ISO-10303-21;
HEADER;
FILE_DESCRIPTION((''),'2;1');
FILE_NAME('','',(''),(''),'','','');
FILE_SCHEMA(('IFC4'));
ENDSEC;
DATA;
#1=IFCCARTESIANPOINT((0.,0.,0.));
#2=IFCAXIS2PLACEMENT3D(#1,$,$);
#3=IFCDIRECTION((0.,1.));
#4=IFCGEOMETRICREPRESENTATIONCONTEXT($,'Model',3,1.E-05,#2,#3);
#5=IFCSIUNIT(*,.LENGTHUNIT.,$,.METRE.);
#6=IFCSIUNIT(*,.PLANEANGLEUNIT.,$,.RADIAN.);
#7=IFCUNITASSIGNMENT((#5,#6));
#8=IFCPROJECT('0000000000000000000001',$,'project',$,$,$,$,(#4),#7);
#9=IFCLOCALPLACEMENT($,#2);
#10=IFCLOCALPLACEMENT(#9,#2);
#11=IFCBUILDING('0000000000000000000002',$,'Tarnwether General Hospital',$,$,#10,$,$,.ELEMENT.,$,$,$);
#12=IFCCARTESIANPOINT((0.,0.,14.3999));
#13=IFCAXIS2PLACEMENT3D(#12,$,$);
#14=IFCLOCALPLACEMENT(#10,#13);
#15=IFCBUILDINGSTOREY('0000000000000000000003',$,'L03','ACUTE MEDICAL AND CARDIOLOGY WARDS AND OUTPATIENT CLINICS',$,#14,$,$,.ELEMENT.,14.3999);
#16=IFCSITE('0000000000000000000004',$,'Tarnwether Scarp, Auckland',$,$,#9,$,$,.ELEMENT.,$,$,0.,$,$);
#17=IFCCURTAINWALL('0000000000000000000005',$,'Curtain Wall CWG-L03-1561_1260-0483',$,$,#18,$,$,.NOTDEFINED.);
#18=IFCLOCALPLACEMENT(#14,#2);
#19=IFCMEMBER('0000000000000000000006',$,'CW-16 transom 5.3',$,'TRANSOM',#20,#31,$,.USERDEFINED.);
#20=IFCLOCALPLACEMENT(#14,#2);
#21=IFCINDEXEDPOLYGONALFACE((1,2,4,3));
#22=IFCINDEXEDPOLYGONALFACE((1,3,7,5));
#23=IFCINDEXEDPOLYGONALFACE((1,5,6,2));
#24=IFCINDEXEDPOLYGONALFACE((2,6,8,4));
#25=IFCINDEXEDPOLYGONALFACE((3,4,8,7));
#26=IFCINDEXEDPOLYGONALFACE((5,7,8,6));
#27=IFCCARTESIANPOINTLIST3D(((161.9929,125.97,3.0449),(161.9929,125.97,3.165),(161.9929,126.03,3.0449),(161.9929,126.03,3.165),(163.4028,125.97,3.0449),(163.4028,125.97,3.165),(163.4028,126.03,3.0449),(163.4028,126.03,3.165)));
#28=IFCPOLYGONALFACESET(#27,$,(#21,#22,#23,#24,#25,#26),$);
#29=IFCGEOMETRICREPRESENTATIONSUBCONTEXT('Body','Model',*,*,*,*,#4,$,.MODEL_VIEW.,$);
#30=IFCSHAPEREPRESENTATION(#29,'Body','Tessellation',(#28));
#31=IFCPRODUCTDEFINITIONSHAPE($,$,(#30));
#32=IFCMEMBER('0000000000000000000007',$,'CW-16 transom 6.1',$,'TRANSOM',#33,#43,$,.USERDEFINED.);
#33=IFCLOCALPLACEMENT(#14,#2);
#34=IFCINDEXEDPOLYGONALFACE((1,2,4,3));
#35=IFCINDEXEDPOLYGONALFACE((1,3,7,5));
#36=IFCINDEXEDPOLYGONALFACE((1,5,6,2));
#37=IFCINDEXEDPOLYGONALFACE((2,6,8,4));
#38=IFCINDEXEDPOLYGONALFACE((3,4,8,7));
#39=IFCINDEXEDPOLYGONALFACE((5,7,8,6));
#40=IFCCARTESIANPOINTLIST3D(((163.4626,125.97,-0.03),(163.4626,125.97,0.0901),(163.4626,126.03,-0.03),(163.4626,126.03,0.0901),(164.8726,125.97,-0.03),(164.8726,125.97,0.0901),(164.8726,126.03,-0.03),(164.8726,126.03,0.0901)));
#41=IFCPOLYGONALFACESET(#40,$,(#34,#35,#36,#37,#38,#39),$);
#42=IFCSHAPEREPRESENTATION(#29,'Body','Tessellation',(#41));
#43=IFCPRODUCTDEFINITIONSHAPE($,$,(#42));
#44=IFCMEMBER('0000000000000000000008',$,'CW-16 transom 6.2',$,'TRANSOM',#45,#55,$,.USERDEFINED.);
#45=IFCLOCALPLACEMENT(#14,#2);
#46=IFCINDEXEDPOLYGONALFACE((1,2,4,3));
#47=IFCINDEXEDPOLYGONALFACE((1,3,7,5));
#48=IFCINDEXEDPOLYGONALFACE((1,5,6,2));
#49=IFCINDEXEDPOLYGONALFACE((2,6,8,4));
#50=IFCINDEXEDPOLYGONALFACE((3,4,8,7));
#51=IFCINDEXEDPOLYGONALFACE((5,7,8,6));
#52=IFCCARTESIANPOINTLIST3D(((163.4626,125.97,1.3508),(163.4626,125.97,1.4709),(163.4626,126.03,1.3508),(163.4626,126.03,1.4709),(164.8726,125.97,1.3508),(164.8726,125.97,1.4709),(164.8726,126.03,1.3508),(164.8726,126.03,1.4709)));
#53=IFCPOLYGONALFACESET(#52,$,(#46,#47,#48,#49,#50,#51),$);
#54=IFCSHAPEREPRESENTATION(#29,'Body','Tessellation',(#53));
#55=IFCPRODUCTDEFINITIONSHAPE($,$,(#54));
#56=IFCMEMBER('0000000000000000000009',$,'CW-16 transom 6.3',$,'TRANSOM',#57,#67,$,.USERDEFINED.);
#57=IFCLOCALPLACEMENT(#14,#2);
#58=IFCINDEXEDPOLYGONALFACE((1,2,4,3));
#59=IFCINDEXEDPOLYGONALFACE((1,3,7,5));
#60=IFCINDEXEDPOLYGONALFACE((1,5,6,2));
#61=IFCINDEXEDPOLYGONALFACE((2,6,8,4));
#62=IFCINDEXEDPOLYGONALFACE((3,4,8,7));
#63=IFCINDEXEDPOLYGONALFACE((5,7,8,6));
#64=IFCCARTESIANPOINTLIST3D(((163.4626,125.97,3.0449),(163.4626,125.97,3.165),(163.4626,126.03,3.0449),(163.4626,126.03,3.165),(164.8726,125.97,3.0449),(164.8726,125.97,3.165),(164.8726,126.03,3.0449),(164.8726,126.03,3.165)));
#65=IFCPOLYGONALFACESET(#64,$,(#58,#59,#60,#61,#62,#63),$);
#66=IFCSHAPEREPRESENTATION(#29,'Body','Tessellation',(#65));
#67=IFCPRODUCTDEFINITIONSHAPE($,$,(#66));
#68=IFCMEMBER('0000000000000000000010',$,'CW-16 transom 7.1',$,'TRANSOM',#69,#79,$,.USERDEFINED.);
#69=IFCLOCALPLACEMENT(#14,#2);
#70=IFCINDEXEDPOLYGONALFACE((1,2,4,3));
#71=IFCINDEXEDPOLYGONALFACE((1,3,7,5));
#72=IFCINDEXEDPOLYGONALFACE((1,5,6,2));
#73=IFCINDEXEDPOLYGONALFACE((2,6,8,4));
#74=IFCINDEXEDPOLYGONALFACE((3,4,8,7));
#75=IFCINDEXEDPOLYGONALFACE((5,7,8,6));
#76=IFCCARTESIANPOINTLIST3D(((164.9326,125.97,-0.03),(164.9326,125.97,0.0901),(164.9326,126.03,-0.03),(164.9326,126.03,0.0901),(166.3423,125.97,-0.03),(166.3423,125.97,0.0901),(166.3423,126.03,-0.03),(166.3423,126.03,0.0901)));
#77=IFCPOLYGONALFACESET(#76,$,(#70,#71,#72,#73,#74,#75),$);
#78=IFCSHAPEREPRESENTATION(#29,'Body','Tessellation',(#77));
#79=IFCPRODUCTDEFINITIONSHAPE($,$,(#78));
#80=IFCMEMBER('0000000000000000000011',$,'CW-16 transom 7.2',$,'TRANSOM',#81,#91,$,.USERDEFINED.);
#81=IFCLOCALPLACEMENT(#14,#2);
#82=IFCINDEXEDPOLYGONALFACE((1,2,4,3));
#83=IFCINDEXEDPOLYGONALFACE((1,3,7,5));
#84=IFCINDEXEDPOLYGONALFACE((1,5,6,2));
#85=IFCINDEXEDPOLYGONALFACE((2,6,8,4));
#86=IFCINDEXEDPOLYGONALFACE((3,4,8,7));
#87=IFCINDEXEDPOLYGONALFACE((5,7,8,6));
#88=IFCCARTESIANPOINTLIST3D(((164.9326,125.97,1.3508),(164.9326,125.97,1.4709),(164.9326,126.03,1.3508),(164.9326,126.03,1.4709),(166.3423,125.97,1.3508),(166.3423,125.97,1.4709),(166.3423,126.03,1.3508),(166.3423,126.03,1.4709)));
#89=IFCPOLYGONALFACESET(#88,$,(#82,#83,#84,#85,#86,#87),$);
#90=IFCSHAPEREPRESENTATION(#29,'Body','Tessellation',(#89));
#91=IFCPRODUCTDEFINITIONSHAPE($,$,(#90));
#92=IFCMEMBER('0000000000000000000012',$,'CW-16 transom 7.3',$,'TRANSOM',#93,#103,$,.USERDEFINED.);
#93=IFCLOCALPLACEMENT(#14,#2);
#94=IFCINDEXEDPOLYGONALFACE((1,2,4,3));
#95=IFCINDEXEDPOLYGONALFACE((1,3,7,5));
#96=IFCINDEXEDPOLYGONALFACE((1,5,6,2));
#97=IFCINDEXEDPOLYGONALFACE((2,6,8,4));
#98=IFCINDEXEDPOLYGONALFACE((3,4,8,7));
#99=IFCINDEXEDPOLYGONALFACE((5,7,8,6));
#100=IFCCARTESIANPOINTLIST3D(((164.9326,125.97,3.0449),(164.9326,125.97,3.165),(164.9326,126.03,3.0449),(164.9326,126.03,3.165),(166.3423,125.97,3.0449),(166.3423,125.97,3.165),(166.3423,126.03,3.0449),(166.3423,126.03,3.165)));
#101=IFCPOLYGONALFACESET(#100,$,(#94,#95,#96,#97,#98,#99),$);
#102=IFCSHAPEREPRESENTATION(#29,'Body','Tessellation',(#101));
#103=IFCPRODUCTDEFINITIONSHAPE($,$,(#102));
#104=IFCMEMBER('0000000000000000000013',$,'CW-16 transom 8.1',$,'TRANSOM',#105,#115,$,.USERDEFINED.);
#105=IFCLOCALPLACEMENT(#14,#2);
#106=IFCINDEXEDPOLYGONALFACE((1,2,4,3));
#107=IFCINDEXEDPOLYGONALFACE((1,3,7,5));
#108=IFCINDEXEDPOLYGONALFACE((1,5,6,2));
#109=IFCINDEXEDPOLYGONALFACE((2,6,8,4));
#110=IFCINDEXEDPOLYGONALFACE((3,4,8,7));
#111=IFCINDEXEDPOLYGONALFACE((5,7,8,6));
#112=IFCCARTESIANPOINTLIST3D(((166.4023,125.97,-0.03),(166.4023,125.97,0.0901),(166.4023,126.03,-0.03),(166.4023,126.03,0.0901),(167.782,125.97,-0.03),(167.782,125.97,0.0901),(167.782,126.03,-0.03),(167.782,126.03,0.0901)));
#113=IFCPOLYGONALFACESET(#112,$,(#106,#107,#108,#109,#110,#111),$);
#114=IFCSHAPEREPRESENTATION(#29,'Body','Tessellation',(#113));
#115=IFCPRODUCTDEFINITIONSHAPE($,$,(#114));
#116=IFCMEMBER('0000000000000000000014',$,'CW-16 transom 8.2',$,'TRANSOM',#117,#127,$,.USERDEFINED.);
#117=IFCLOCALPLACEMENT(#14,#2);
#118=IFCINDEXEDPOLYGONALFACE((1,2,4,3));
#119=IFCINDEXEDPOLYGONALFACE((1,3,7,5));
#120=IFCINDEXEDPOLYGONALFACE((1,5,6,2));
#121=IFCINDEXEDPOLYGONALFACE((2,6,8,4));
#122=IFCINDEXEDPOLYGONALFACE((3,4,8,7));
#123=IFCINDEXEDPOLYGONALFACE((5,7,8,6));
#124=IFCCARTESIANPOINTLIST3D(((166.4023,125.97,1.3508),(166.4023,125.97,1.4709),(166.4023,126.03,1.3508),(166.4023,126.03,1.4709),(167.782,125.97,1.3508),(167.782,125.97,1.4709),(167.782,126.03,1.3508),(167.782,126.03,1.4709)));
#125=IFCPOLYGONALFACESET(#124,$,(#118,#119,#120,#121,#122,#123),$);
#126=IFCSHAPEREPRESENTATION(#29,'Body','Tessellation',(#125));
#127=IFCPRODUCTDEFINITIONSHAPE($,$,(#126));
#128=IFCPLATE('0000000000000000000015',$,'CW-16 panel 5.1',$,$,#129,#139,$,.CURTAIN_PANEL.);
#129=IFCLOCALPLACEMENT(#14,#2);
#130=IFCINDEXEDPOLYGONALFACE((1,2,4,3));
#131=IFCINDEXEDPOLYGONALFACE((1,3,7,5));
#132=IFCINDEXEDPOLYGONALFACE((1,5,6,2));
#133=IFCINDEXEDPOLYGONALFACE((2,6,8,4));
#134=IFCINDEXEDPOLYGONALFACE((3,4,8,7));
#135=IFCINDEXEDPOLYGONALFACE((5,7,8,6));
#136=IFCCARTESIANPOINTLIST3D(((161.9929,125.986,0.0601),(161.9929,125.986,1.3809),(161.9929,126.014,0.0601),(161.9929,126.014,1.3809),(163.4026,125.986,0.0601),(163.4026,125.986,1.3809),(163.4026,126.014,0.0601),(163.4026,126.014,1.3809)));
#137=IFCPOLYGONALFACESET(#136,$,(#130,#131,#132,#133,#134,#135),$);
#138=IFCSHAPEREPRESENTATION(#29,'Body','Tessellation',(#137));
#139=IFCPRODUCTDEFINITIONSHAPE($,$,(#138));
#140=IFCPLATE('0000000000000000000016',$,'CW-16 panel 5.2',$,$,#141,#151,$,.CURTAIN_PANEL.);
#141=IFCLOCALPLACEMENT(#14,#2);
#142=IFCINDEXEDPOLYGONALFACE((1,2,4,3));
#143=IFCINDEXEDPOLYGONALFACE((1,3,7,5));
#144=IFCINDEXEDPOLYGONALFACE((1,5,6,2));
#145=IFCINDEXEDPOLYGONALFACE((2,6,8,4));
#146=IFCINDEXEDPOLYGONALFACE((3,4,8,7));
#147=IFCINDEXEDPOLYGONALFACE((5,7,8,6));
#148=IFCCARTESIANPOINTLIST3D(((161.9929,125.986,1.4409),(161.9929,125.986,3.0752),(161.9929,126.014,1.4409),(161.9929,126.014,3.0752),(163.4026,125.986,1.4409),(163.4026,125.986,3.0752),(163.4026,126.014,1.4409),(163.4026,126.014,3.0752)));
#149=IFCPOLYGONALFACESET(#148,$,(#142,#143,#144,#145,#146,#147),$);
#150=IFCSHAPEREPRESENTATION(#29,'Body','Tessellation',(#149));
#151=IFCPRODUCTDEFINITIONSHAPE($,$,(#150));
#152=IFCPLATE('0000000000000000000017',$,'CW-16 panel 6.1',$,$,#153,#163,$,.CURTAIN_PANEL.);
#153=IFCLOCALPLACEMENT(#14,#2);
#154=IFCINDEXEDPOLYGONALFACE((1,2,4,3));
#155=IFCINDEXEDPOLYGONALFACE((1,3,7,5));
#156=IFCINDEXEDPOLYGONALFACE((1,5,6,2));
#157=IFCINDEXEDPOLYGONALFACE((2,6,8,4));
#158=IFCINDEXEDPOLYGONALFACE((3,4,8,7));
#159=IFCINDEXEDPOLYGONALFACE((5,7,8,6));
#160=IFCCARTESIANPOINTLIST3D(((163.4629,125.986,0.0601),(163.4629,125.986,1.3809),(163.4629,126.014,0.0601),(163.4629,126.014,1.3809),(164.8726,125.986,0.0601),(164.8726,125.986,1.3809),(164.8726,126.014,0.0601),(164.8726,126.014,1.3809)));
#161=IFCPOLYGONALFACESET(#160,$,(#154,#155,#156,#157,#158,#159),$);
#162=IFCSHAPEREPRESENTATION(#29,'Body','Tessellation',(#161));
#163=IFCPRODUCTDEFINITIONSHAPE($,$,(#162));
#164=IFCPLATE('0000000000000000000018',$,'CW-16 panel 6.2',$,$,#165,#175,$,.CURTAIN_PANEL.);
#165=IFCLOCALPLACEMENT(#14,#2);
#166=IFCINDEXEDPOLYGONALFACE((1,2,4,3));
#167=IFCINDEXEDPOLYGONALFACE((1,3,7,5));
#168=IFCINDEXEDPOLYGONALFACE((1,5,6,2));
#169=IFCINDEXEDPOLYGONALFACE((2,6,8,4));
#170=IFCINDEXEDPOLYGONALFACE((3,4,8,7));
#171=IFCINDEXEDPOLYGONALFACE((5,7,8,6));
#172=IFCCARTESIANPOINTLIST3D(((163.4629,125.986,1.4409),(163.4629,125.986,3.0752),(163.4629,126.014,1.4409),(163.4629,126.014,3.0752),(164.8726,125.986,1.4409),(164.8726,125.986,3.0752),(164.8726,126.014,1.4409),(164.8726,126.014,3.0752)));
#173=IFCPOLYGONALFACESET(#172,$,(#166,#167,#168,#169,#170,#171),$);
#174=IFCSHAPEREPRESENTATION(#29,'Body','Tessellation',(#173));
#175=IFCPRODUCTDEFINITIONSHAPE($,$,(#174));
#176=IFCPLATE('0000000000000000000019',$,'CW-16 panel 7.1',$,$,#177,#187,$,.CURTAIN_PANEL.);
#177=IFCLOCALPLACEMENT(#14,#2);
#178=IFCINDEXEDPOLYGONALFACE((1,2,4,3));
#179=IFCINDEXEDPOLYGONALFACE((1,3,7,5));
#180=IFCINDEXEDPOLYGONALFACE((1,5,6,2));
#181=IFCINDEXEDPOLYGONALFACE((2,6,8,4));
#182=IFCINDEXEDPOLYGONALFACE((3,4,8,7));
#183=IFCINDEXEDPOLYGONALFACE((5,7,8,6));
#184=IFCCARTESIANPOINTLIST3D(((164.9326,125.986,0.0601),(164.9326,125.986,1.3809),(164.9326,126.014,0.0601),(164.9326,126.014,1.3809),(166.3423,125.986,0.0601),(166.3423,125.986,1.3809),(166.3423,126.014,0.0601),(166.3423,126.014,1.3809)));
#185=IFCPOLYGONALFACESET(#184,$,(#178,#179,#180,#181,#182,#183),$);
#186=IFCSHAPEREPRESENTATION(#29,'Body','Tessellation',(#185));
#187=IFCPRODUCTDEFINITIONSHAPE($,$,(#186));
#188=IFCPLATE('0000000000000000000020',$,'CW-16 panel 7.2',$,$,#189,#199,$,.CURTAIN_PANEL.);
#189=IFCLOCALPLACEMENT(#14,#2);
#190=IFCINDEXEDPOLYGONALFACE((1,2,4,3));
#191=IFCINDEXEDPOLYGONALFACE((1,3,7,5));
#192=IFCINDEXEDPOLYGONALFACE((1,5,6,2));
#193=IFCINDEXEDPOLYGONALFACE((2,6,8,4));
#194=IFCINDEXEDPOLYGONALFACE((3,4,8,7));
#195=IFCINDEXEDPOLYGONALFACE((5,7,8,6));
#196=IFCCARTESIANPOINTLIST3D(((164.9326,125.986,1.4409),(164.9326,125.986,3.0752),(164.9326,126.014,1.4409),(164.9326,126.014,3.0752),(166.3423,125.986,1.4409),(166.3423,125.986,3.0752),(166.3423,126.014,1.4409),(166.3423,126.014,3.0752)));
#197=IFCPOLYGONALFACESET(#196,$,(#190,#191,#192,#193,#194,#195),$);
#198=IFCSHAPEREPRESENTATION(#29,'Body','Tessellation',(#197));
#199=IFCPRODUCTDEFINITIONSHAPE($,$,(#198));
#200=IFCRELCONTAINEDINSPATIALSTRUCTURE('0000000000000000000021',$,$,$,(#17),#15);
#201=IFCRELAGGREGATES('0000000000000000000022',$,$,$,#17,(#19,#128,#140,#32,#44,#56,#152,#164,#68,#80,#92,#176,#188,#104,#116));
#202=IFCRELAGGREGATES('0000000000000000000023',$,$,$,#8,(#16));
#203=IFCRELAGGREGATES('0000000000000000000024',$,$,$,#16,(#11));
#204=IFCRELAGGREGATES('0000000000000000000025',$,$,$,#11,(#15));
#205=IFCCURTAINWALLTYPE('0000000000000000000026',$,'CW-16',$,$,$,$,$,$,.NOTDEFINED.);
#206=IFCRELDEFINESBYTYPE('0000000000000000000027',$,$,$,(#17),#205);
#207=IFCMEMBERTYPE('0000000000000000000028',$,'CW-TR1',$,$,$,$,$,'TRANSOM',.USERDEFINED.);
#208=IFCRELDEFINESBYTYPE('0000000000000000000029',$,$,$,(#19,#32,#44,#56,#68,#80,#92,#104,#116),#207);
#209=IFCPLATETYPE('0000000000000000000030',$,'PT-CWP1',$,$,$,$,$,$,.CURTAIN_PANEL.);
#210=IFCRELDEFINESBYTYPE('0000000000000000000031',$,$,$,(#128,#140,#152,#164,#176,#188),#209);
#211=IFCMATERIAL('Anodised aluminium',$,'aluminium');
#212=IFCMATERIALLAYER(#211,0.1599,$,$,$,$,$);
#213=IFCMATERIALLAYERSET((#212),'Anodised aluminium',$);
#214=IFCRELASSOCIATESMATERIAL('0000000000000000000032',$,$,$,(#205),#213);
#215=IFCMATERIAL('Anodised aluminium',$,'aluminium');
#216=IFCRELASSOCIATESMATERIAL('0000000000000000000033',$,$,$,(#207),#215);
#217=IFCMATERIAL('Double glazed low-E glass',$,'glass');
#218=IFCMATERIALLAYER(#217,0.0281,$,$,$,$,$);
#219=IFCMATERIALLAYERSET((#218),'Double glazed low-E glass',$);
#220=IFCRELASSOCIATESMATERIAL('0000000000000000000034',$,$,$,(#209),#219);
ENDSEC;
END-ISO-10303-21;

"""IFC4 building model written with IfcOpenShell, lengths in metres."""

from ifc_helpers import new_model, si_unit, direction, frame, origin, origin_2d, place, context, subcontext, project, spatial, rectangle, extrude, material, layer, layer_set, material_profile, profile_set, type_object, element, aggregate, save


model = new_model("IFC4")

# Units and contexts
model_context = context("Model", 3, precision=1e-05, world=origin(), true_north=direction((0.0, 1.0)))
body_context = subcontext(model_context, "Body", "Model", "MODEL_VIEW")
ifc_project = project(units=[si_unit("LENGTHUNIT", "METRE"), si_unit("PLANEANGLEUNIT", "RADIAN")], contexts=[model_context])

# Site, building, storey
site_placement = place(None, origin())
site = spatial("IfcSite", under=ifc_project, at=site_placement, Name="Tarnwether Scarp, Auckland", CompositionType="ELEMENT", RefElevation=0.0)
building_placement = place(site_placement, origin())
building = spatial("IfcBuilding", under=site, at=building_placement, Name="Tarnwether General Hospital", CompositionType="ELEMENT")
storey_placement = place(building_placement, frame((0.0, 0.0, 14.3999)))
storey = spatial("IfcBuildingStorey", under=building, at=storey_placement, Name="L03", Description="ACUTE MEDICAL AND CARDIOLOGY WARDS AND OUTPATIENT CLINICS", CompositionType="ELEMENT", Elevation=14.3999)

# Curtain wall, members, plates
ifc_material_1 = material(Name="Anodised aluminium", Category="aluminium")
ifc_layer_1 = layer(ifc_material_1, 0.1599)
ifc_layer_set_1 = layer_set([ifc_layer_1], Name="Anodised aluminium")
curtain_wall_type = type_object("IfcCurtainWallType", Name="CW-16", PredefinedType="NOTDEFINED", material=ifc_layer_set_1)
curtain_wall_placement = place(storey_placement, origin())
curtain_wall = element("IfcCurtainWall", 1, at=curtain_wall_placement, inside=storey, type_object=curtain_wall_type, Name="Curtain Wall CWG-L03-1561_1260-0483", PredefinedType="NOTDEFINED")
ifc_material_2 = material(Name="Anodised aluminium", Category="aluminium")
ifc_material_profile_1 = material_profile(ifc_material_2, rectangle(XDim=0.0601, YDim=0.1201, at=origin_2d()), Name="ALU-TRN-60x120")
ifc_profile_set_1 = profile_set([ifc_material_profile_1], Name="Anodised aluminium")
member_type_1 = type_object("IfcMemberType", Name="CW-TR1", ElementType="TRANSOM", PredefinedType="USERDEFINED", material=ifc_profile_set_1)
member_1_placement = place(storey_placement, frame((161.9929, 126.0, 3.105), z_axis=(1.0, 0.0, 0.0), x_axis=(0.0, 1.0, 0.0)))
member_1 = element("IfcMember", 2, at=member_1_placement, type_object=member_type_1, Name="CW-16 transom 5.3", ObjectType="TRANSOM", PredefinedType="USERDEFINED", context=body_context, shape_type="SweptSolid", body=[
    extrude(rectangle(XDim=0.0601, YDim=0.1201, at=origin_2d()), origin(), (0.0, 0.0, 1.0), 1.4099),
])
member_2_placement = place(storey_placement, frame((163.4626, 126.0, 0.03), z_axis=(1.0, 0.0, 0.0), x_axis=(0.0, 1.0, 0.0)))
member_2 = element("IfcMember", 3, at=member_2_placement, type_object=member_type_1, Name="CW-16 transom 6.1", ObjectType="TRANSOM", PredefinedType="USERDEFINED", context=body_context, shape_type="SweptSolid", body=[
    extrude(rectangle(XDim=0.0601, YDim=0.1201, at=origin_2d()), origin(), (0.0, 0.0, 1.0), 1.4099),
])
member_3_placement = place(storey_placement, frame((163.4626, 126.0, 1.4109), z_axis=(1.0, 0.0, 0.0), x_axis=(0.0, 1.0, 0.0)))
member_3 = element("IfcMember", 4, at=member_3_placement, type_object=member_type_1, Name="CW-16 transom 6.2", ObjectType="TRANSOM", PredefinedType="USERDEFINED", context=body_context, shape_type="SweptSolid", body=[
    extrude(rectangle(XDim=0.0601, YDim=0.1201, at=origin_2d()), origin(), (0.0, 0.0, 1.0), 1.4099),
])
member_4_placement = place(storey_placement, frame((163.4626, 126.0, 3.105), z_axis=(1.0, 0.0, 0.0), x_axis=(0.0, 1.0, 0.0)))
member_4 = element("IfcMember", 5, at=member_4_placement, type_object=member_type_1, Name="CW-16 transom 6.3", ObjectType="TRANSOM", PredefinedType="USERDEFINED", context=body_context, shape_type="SweptSolid", body=[
    extrude(rectangle(XDim=0.0601, YDim=0.1201, at=origin_2d()), origin(), (0.0, 0.0, 1.0), 1.4099),
])
member_5_placement = place(storey_placement, frame((164.9326, 126.0, 0.03), z_axis=(1.0, 0.0, 0.0), x_axis=(0.0, 1.0, 0.0)))
member_5 = element("IfcMember", 6, at=member_5_placement, type_object=member_type_1, Name="CW-16 transom 7.1", ObjectType="TRANSOM", PredefinedType="USERDEFINED", context=body_context, shape_type="SweptSolid", body=[
    extrude(rectangle(XDim=0.0601, YDim=0.1201, at=origin_2d()), origin(), (0.0, 0.0, 1.0), 1.4097),
])
member_6_placement = place(storey_placement, frame((164.9326, 126.0, 1.4109), z_axis=(1.0, 0.0, 0.0), x_axis=(0.0, 1.0, 0.0)))
member_6 = element("IfcMember", 7, at=member_6_placement, type_object=member_type_1, Name="CW-16 transom 7.2", ObjectType="TRANSOM", PredefinedType="USERDEFINED", context=body_context, shape_type="SweptSolid", body=[
    extrude(rectangle(XDim=0.0601, YDim=0.1201, at=origin_2d()), origin(), (0.0, 0.0, 1.0), 1.4097),
])
member_7_placement = place(storey_placement, frame((164.9326, 126.0, 3.105), z_axis=(1.0, 0.0, 0.0), x_axis=(0.0, 1.0, 0.0)))
member_7 = element("IfcMember", 8, at=member_7_placement, type_object=member_type_1, Name="CW-16 transom 7.3", ObjectType="TRANSOM", PredefinedType="USERDEFINED", context=body_context, shape_type="SweptSolid", body=[
    extrude(rectangle(XDim=0.0601, YDim=0.1201, at=origin_2d()), origin(), (0.0, 0.0, 1.0), 1.4097),
])
member_8_placement = place(storey_placement, frame((166.4023, 126.0, 0.03), z_axis=(1.0, 0.0, 0.0), x_axis=(0.0, 1.0, 0.0)))
member_8 = element("IfcMember", 9, at=member_8_placement, type_object=member_type_1, Name="CW-16 transom 8.1", ObjectType="TRANSOM", PredefinedType="USERDEFINED", context=body_context, shape_type="SweptSolid", body=[
    extrude(rectangle(XDim=0.0601, YDim=0.1201, at=origin_2d()), origin(), (0.0, 0.0, 1.0), 1.3796),
])
member_9_placement = place(storey_placement, frame((166.4023, 126.0, 1.4109), z_axis=(1.0, 0.0, 0.0), x_axis=(0.0, 1.0, 0.0)))
member_9 = element("IfcMember", 10, at=member_9_placement, type_object=member_type_1, Name="CW-16 transom 8.2", ObjectType="TRANSOM", PredefinedType="USERDEFINED", context=body_context, shape_type="SweptSolid", body=[
    extrude(rectangle(XDim=0.0601, YDim=0.1201, at=origin_2d()), origin(), (0.0, 0.0, 1.0), 1.3796),
])
ifc_material_3 = material(Name="Double glazed low-E glass", Category="glass")
ifc_layer_2 = layer(ifc_material_3, 0.0281)
ifc_layer_set_2 = layer_set([ifc_layer_2], Name="Double glazed low-E glass")
plate_type = type_object("IfcPlateType", Name="PT-CWP1", PredefinedType="CURTAIN_PANEL", material=ifc_layer_set_2)
plate_1_placement = place(storey_placement, frame((162.6978, 126.0, 0.0601), z_axis=(0.0, 0.0, 1.0), x_axis=(1.0, 0.0, 0.0)))
plate_1 = element("IfcPlate", 11, at=plate_1_placement, type_object=plate_type, Name="CW-16 panel 5.1", PredefinedType="CURTAIN_PANEL", context=body_context, shape_type="SweptSolid", body=[
    extrude(rectangle(XDim=1.4097, YDim=0.0281, at=origin_2d()), origin(), (0.0, 0.0, 1.0), 1.3208),
])
plate_2_placement = place(storey_placement, frame((162.6978, 126.0, 1.4409), z_axis=(0.0, 0.0, 1.0), x_axis=(1.0, 0.0, 0.0)))
plate_2 = element("IfcPlate", 12, at=plate_2_placement, type_object=plate_type, Name="CW-16 panel 5.2", PredefinedType="CURTAIN_PANEL", context=body_context, shape_type="SweptSolid", body=[
    extrude(rectangle(XDim=1.4097, YDim=0.0281, at=origin_2d()), origin(), (0.0, 0.0, 1.0), 1.6343),
])
plate_3_placement = place(storey_placement, frame((164.1677, 126.0, 0.0601), z_axis=(0.0, 0.0, 1.0), x_axis=(1.0, 0.0, 0.0)))
plate_3 = element("IfcPlate", 13, at=plate_3_placement, type_object=plate_type, Name="CW-16 panel 6.1", PredefinedType="CURTAIN_PANEL", context=body_context, shape_type="SweptSolid", body=[
    extrude(rectangle(XDim=1.4097, YDim=0.0281, at=origin_2d()), origin(), (0.0, 0.0, 1.0), 1.3208),
])
plate_4_placement = place(storey_placement, frame((164.1677, 126.0, 1.4409), z_axis=(0.0, 0.0, 1.0), x_axis=(1.0, 0.0, 0.0)))
plate_4 = element("IfcPlate", 14, at=plate_4_placement, type_object=plate_type, Name="CW-16 panel 6.2", PredefinedType="CURTAIN_PANEL", context=body_context, shape_type="SweptSolid", body=[
    extrude(rectangle(XDim=1.4097, YDim=0.0281, at=origin_2d()), origin(), (0.0, 0.0, 1.0), 1.6343),
])
plate_5_placement = place(storey_placement, frame((165.6375, 126.0, 0.0601), z_axis=(0.0, 0.0, 1.0), x_axis=(1.0, 0.0, 0.0)))
plate_5 = element("IfcPlate", 15, at=plate_5_placement, type_object=plate_type, Name="CW-16 panel 7.1", PredefinedType="CURTAIN_PANEL", context=body_context, shape_type="SweptSolid", body=[
    extrude(rectangle(XDim=1.4097, YDim=0.0281, at=origin_2d()), origin(), (0.0, 0.0, 1.0), 1.3208),
])
plate_6_placement = place(storey_placement, frame((165.6375, 126.0, 1.4409), z_axis=(0.0, 0.0, 1.0), x_axis=(1.0, 0.0, 0.0)))
plate_6 = element("IfcPlate", 16, at=plate_6_placement, type_object=plate_type, Name="CW-16 panel 7.2", PredefinedType="CURTAIN_PANEL", context=body_context, shape_type="SweptSolid", body=[
    extrude(rectangle(XDim=1.4097, YDim=0.0281, at=origin_2d()), origin(), (0.0, 0.0, 1.0), 1.6343),
])
aggregate(curtain_wall, [member_1, plate_1, plate_2, member_2, member_3, member_4, plate_3, plate_4, member_5, member_6, member_7, plate_5, plate_6, member_8, member_9])

save(model, "model.ifc")
